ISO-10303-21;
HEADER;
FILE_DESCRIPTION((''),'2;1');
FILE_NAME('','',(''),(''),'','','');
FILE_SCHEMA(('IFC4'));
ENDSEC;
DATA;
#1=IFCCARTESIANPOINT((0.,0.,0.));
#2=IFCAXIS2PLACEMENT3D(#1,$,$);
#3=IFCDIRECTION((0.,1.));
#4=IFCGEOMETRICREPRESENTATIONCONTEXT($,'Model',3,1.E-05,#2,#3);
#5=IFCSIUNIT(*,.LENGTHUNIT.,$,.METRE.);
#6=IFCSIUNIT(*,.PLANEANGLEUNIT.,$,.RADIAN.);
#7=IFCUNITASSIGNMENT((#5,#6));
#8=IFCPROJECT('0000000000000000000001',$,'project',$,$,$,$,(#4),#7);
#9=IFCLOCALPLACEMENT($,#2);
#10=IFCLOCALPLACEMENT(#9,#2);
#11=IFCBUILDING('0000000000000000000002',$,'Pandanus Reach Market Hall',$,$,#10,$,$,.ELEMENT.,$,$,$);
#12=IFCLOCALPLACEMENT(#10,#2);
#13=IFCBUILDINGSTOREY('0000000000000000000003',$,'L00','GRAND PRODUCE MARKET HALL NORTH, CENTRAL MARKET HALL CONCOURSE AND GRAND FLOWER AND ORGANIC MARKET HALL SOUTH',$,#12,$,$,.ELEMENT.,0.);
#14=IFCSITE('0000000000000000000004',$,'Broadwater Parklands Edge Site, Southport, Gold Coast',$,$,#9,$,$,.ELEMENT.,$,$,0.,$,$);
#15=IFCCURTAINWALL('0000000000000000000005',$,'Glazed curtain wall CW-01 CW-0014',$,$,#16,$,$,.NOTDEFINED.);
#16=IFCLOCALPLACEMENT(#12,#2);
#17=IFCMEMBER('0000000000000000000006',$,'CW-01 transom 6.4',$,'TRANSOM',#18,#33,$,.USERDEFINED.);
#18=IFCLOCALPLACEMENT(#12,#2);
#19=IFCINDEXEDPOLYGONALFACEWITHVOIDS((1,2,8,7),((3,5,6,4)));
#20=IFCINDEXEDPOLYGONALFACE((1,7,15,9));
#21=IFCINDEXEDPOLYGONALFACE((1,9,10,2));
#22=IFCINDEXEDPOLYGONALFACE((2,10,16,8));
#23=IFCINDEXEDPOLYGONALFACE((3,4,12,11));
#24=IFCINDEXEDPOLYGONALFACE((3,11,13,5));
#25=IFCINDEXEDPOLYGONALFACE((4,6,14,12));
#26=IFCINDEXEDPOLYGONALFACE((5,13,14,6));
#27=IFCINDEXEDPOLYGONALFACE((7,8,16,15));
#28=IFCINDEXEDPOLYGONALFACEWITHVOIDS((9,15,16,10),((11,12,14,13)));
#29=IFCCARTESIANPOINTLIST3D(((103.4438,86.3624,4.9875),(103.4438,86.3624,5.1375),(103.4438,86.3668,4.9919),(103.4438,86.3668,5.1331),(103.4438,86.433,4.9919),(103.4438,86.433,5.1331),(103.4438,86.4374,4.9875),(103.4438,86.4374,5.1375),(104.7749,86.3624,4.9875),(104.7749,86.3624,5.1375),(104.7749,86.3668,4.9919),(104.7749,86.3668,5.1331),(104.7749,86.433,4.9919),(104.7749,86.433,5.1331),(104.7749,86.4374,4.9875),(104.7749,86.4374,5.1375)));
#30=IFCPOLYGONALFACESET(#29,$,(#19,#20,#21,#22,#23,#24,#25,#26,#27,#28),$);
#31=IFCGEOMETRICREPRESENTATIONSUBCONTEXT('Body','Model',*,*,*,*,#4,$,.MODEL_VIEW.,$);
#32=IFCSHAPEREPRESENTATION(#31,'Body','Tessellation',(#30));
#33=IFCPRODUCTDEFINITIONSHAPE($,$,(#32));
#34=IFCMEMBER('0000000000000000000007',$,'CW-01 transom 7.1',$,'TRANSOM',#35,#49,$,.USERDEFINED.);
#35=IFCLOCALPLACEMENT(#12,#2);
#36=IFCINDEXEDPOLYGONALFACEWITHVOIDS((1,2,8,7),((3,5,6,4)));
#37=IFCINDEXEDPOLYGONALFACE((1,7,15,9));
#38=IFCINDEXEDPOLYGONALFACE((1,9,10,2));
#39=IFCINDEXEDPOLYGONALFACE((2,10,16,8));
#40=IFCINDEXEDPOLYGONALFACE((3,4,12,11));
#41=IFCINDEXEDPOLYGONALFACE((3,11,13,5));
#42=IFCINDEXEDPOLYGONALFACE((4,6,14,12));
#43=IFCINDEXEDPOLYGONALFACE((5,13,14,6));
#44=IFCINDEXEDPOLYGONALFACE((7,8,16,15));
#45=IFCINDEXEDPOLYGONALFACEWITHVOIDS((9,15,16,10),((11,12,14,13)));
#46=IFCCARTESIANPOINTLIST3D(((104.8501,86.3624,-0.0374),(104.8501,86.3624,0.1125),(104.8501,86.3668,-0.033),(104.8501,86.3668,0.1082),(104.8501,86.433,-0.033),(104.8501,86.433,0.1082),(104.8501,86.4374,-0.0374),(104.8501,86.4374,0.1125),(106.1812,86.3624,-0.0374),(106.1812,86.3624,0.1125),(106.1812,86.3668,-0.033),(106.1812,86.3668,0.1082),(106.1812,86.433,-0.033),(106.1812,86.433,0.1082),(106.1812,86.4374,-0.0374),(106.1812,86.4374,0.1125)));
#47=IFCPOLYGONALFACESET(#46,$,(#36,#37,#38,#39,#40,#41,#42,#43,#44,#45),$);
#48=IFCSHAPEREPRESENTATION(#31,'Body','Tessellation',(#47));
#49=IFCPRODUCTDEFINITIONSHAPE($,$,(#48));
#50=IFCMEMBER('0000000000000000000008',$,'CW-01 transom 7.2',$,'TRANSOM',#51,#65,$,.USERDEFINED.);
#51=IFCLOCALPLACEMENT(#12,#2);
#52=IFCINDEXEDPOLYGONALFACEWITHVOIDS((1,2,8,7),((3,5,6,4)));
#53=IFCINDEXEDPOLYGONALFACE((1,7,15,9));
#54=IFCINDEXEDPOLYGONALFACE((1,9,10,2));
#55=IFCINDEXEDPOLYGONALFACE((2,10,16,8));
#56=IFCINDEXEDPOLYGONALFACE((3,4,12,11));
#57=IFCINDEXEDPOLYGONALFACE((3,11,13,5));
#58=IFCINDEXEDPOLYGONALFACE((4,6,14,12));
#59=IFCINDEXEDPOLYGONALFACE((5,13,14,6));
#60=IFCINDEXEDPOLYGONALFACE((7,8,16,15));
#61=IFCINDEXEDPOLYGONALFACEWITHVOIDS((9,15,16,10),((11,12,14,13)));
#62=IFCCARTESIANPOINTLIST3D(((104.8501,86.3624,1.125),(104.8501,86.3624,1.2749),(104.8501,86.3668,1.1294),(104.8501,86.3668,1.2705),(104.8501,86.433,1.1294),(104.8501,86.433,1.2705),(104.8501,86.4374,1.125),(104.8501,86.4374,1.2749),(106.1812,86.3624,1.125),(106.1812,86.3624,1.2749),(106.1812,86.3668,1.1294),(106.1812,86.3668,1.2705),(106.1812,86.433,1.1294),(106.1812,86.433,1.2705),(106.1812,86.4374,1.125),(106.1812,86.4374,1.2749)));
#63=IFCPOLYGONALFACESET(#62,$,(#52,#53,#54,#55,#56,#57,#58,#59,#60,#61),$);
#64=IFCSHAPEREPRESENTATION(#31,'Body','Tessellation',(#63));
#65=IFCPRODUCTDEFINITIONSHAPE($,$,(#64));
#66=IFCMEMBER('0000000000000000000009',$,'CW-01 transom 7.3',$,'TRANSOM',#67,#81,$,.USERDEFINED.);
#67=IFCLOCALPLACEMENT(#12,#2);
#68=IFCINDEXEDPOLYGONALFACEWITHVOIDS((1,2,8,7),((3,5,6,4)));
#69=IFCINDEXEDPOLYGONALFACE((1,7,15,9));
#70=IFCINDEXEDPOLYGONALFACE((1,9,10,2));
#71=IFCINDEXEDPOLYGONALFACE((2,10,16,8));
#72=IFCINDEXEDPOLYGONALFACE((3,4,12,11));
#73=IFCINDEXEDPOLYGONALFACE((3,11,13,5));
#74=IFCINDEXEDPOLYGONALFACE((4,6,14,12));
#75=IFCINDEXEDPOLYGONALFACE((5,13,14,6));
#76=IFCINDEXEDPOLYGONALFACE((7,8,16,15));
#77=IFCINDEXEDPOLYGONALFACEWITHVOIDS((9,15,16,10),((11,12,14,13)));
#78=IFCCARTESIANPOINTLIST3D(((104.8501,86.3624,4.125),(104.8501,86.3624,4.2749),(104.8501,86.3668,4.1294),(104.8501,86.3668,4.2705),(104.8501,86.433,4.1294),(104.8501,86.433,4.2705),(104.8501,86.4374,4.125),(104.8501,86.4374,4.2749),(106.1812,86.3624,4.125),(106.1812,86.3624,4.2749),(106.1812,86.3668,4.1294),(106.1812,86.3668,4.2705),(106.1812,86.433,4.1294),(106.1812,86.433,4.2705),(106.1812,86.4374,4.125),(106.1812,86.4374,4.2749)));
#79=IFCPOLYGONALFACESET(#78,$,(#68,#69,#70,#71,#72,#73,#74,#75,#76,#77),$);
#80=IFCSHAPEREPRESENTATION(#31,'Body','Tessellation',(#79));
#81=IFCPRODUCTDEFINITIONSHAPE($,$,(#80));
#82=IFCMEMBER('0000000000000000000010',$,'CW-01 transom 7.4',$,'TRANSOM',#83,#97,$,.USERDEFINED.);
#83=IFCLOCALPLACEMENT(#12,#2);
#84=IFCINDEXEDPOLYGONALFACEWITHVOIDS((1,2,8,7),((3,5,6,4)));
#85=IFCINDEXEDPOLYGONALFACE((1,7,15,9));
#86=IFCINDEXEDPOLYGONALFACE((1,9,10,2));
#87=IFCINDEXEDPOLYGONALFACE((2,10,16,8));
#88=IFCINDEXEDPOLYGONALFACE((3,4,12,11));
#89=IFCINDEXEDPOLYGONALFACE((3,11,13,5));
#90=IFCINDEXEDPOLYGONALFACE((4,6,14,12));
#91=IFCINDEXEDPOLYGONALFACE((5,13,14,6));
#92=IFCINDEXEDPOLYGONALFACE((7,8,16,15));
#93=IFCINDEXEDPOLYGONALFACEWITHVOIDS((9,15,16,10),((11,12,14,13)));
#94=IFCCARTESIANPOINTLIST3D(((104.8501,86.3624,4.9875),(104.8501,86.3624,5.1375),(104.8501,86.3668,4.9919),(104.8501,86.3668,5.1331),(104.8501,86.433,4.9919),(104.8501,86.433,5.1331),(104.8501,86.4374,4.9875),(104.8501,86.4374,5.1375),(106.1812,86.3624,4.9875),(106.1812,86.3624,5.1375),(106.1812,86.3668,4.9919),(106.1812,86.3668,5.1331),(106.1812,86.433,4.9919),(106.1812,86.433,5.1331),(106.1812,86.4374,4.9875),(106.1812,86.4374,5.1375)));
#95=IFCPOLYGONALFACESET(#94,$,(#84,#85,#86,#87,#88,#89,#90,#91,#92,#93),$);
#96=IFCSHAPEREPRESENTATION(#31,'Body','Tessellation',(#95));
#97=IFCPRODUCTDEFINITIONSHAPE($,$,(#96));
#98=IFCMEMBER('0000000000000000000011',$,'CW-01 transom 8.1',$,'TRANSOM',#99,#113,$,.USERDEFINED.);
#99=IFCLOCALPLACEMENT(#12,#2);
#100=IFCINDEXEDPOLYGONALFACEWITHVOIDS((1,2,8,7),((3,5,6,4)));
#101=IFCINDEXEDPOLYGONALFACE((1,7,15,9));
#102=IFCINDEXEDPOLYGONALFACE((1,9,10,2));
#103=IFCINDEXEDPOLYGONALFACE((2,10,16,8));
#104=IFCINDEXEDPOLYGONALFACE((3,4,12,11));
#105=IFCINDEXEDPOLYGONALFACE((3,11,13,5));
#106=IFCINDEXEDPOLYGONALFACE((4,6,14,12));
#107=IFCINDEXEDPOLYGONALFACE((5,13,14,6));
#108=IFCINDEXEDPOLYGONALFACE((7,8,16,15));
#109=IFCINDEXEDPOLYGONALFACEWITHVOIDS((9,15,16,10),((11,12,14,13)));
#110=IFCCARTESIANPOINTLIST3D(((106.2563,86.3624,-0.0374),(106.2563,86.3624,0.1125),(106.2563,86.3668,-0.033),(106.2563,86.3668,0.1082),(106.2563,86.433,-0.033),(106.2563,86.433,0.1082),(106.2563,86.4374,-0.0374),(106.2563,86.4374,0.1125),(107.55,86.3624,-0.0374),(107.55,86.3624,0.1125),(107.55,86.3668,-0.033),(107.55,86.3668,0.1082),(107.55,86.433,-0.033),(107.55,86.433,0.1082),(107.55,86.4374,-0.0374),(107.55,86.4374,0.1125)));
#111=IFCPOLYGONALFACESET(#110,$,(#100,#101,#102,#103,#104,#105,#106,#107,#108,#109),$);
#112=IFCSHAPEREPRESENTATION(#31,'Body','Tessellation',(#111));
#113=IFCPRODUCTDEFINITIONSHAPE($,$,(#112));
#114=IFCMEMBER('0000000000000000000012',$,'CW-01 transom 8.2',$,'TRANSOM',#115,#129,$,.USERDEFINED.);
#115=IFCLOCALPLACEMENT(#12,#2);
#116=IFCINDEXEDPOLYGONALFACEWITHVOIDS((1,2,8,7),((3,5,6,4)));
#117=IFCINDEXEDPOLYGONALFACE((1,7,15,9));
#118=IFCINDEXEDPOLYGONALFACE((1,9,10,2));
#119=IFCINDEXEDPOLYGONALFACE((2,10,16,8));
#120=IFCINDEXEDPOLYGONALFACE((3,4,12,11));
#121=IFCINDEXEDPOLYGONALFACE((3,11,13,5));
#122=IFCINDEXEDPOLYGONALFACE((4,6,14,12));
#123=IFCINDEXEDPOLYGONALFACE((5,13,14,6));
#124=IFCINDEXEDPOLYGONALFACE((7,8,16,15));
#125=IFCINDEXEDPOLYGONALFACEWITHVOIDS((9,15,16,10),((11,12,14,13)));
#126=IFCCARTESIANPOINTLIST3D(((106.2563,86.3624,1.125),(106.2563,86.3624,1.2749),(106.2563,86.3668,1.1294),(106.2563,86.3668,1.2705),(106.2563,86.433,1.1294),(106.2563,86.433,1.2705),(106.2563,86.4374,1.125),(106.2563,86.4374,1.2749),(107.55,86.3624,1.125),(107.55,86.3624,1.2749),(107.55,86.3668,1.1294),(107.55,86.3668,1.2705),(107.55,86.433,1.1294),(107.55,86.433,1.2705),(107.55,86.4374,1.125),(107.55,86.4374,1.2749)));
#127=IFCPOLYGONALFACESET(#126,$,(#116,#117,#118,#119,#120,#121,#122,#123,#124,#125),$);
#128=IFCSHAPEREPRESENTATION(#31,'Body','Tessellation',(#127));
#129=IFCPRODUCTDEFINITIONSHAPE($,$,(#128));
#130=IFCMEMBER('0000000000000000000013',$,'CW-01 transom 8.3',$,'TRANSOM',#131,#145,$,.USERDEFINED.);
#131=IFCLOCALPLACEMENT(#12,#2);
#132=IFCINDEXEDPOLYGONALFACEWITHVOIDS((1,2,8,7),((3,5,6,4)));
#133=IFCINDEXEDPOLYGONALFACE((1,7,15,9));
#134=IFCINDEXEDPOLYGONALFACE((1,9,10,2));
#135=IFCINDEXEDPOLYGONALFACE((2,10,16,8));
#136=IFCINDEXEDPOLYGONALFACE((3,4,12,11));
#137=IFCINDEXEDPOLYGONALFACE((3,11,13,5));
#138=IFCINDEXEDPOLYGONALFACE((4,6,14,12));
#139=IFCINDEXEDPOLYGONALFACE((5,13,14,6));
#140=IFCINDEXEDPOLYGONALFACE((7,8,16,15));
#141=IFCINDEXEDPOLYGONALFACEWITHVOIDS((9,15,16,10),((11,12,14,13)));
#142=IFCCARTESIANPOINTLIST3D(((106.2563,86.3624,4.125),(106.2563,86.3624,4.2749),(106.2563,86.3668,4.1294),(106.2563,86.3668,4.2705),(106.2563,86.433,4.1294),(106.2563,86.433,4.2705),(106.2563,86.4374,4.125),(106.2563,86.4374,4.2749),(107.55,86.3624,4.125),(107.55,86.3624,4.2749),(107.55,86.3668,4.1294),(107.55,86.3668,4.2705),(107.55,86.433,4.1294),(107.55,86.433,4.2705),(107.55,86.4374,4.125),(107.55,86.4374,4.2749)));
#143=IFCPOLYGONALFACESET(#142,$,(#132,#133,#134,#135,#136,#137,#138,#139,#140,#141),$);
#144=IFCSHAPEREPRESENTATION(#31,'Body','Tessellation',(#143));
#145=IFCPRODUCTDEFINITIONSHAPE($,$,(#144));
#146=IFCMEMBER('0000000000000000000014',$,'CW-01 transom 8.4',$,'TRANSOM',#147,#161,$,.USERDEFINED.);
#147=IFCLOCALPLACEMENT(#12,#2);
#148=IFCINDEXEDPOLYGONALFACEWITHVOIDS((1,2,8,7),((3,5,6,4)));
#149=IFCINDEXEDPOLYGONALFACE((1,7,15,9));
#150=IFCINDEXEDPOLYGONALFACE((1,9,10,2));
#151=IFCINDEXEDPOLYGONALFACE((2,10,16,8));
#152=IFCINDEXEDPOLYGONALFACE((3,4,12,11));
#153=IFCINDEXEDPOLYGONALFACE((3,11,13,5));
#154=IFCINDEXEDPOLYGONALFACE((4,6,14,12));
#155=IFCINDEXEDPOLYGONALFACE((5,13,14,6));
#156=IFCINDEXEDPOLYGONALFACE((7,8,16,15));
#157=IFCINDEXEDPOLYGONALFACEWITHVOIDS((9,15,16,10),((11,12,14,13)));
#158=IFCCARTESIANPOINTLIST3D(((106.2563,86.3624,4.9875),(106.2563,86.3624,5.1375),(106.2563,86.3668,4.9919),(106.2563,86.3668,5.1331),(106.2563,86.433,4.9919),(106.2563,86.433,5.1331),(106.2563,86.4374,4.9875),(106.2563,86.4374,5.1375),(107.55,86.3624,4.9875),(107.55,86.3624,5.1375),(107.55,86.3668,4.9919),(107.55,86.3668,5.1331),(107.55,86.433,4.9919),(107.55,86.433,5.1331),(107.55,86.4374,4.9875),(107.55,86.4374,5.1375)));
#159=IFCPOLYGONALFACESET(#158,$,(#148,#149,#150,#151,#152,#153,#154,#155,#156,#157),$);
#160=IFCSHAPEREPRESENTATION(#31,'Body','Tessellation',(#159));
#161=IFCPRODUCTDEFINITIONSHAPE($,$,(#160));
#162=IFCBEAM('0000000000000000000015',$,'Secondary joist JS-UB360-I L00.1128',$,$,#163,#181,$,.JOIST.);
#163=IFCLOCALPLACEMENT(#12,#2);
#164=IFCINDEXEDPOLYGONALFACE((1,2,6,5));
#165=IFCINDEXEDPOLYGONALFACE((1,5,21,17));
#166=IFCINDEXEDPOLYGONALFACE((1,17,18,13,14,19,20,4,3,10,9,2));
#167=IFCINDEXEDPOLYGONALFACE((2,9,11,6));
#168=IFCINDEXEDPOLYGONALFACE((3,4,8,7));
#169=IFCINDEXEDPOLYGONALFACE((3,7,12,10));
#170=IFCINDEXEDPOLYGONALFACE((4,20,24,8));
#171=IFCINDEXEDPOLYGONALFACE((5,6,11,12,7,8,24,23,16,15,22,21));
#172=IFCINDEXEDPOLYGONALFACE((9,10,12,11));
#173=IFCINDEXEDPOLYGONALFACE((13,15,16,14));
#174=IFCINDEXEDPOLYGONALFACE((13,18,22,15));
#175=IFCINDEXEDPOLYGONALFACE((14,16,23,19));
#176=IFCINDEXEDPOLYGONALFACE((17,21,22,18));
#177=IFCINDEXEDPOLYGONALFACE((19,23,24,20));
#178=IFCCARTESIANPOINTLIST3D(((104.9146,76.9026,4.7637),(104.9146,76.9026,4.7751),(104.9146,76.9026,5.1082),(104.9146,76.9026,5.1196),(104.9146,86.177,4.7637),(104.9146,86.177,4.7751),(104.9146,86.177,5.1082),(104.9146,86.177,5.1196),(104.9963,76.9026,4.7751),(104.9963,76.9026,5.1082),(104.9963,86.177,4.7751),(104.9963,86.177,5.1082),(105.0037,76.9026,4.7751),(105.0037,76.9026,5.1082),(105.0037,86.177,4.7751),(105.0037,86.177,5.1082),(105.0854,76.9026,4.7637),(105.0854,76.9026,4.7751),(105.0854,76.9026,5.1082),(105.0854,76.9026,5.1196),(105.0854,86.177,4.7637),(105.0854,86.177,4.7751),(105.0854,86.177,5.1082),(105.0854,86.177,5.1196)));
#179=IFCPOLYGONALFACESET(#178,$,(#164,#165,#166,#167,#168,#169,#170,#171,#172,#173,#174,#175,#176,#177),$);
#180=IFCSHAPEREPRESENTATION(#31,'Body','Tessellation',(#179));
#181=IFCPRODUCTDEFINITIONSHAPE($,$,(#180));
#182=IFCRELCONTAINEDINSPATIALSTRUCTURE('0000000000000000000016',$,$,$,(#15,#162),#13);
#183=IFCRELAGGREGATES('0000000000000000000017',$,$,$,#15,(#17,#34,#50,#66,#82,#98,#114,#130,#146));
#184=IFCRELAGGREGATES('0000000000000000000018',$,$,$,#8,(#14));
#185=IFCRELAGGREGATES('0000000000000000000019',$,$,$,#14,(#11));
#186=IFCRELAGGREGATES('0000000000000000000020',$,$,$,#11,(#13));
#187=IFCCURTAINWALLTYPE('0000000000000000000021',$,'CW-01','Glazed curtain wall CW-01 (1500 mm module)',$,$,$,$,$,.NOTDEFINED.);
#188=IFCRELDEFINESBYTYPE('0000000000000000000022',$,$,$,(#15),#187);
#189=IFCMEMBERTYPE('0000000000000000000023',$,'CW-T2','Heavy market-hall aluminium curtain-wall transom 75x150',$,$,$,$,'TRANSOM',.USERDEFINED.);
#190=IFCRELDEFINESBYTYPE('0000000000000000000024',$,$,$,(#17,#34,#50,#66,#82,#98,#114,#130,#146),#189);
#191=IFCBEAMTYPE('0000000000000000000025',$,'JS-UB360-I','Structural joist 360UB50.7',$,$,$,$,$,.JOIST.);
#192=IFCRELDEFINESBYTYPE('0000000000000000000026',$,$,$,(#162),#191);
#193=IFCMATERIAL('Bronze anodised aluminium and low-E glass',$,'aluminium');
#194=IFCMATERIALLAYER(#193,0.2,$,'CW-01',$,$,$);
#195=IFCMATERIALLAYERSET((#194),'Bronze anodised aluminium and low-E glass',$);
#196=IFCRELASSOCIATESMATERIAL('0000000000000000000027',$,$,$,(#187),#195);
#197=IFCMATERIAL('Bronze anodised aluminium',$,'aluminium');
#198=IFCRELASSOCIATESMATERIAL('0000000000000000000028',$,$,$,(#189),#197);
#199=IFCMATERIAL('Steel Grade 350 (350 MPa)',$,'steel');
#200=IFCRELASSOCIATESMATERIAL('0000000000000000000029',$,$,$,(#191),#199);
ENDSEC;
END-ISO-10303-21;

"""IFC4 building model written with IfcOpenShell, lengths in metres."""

from ifc_helpers import new_model, si_unit, direction, frame, origin, origin_2d, place, context, subcontext, project, spatial, hollow_rectangle, i_section, extrude, material, layer, layer_set, material_profile, profile_set, type_object, element, aggregate, save


model = new_model("IFC4")

# Units and contexts
model_context = context("Model", 3, precision=1e-05, world=origin(), true_north=direction((0.0, 1.0)))
body_context = subcontext(model_context, "Body", "Model", "MODEL_VIEW")
ifc_project = project(units=[si_unit("LENGTHUNIT", "METRE"), si_unit("PLANEANGLEUNIT", "RADIAN")], contexts=[model_context])

# Site, building, storey
site_placement = place(None, origin())
site = spatial("IfcSite", under=ifc_project, at=site_placement, Name="Broadwater Parklands Edge Site, Southport, Gold Coast", CompositionType="ELEMENT", RefElevation=0.0)
building_placement = place(site_placement, origin())
building = spatial("IfcBuilding", under=site, at=building_placement, Name="Pandanus Reach Market Hall", CompositionType="ELEMENT")
storey_placement = place(building_placement, origin())
storey = spatial("IfcBuildingStorey", under=building, at=storey_placement, Name="L00", Description="GRAND PRODUCE MARKET HALL NORTH, CENTRAL MARKET HALL CONCOURSE AND GRAND FLOWER AND ORGANIC MARKET HALL SOUTH", CompositionType="ELEMENT", Elevation=0.0)

# Shared definitions
ifc_material_1 = material(Name="Steel Grade 350 (350 MPa)", Category="steel")

# Curtain wall, members
ifc_material_2 = material(Name="Bronze anodised aluminium and low-E glass", Category="aluminium")
ifc_layer_1 = layer(ifc_material_2, 0.2, Name="CW-01")
ifc_layer_set_1 = layer_set([ifc_layer_1], Name="Bronze anodised aluminium and low-E glass")
curtain_wall_type = type_object("IfcCurtainWallType", Name="CW-01", Description="Glazed curtain wall CW-01 (1500 mm module)", PredefinedType="NOTDEFINED", material=ifc_layer_set_1)
curtain_wall_placement = place(storey_placement, origin())
curtain_wall = element("IfcCurtainWall", 1, at=curtain_wall_placement, inside=storey, type_object=curtain_wall_type, Name="Glazed curtain wall CW-01 CW-0014", PredefinedType="NOTDEFINED")
ifc_material_3 = material(Name="Bronze anodised aluminium", Category="aluminium")
ifc_material_profile_1 = material_profile(ifc_material_3, hollow_rectangle(XDim=0.075, YDim=0.1499, WallThickness=0.0044, at=origin_2d()), Name="ALU75x150", Category="LoadBearing")
ifc_profile_set_1 = profile_set([ifc_material_profile_1], Name="Bronze anodised aluminium")
member_type_1 = type_object("IfcMemberType", Name="CW-T2", Description="Heavy market-hall aluminium curtain-wall transom 75x150", ElementType="TRANSOM", PredefinedType="USERDEFINED", material=ifc_profile_set_1)
member_1_placement = place(storey_placement, frame((103.4438, 86.3999, 5.0625), z_axis=(1.0, 0.0, 0.0), x_axis=(0.0, 1.0, 0.0)))
member_1 = element("IfcMember", 2, at=member_1_placement, type_object=member_type_1, Name="CW-01 transom 6.4", ObjectType="TRANSOM", PredefinedType="USERDEFINED", context=body_context, shape_type="SweptSolid", body=[
    extrude(hollow_rectangle(XDim=0.075, YDim=0.1499, WallThickness=0.0044, at=origin_2d()), origin(), (0.0, 0.0, 1.0), 1.3311),
])
member_2_placement = place(storey_placement, frame((104.8501, 86.3999, 0.0376), z_axis=(1.0, 0.0, 0.0), x_axis=(0.0, 1.0, 0.0)))
member_2 = element("IfcMember", 3, at=member_2_placement, type_object=member_type_1, Name="CW-01 transom 7.1", ObjectType="TRANSOM", PredefinedType="USERDEFINED", context=body_context, shape_type="SweptSolid", body=[
    extrude(hollow_rectangle(XDim=0.075, YDim=0.1499, WallThickness=0.0044, at=origin_2d()), origin(), (0.0, 0.0, 1.0), 1.3311),
])
member_3_placement = place(storey_placement, frame((104.8501, 86.3999, 1.2), z_axis=(1.0, 0.0, 0.0), x_axis=(0.0, 1.0, 0.0)))
member_3 = element("IfcMember", 4, at=member_3_placement, type_object=member_type_1, Name="CW-01 transom 7.2", ObjectType="TRANSOM", PredefinedType="USERDEFINED", context=body_context, shape_type="SweptSolid", body=[
    extrude(hollow_rectangle(XDim=0.075, YDim=0.1499, WallThickness=0.0044, at=origin_2d()), origin(), (0.0, 0.0, 1.0), 1.3311),
])
member_4_placement = place(storey_placement, frame((104.8501, 86.3999, 4.2), z_axis=(1.0, 0.0, 0.0), x_axis=(0.0, 1.0, 0.0)))
member_4 = element("IfcMember", 5, at=member_4_placement, type_object=member_type_1, Name="CW-01 transom 7.3", ObjectType="TRANSOM", PredefinedType="USERDEFINED", context=body_context, shape_type="SweptSolid", body=[
    extrude(hollow_rectangle(XDim=0.075, YDim=0.1499, WallThickness=0.0044, at=origin_2d()), origin(), (0.0, 0.0, 1.0), 1.3311),
])
member_5_placement = place(storey_placement, frame((104.8501, 86.3999, 5.0625), z_axis=(1.0, 0.0, 0.0), x_axis=(0.0, 1.0, 0.0)))
member_5 = element("IfcMember", 6, at=member_5_placement, type_object=member_type_1, Name="CW-01 transom 7.4", ObjectType="TRANSOM", PredefinedType="USERDEFINED", context=body_context, shape_type="SweptSolid", body=[
    extrude(hollow_rectangle(XDim=0.075, YDim=0.1499, WallThickness=0.0044, at=origin_2d()), origin(), (0.0, 0.0, 1.0), 1.3311),
])
member_6_placement = place(storey_placement, frame((106.2563, 86.3999, 0.0376), z_axis=(1.0, 0.0, 0.0), x_axis=(0.0, 1.0, 0.0)))
member_6 = element("IfcMember", 7, at=member_6_placement, type_object=member_type_1, Name="CW-01 transom 8.1", ObjectType="TRANSOM", PredefinedType="USERDEFINED", context=body_context, shape_type="SweptSolid", body=[
    extrude(hollow_rectangle(XDim=0.075, YDim=0.1499, WallThickness=0.0044, at=origin_2d()), origin(), (0.0, 0.0, 1.0), 1.2937),
])
member_7_placement = place(storey_placement, frame((106.2563, 86.3999, 1.2), z_axis=(1.0, 0.0, 0.0), x_axis=(0.0, 1.0, 0.0)))
member_7 = element("IfcMember", 8, at=member_7_placement, type_object=member_type_1, Name="CW-01 transom 8.2", ObjectType="TRANSOM", PredefinedType="USERDEFINED", context=body_context, shape_type="SweptSolid", body=[
    extrude(hollow_rectangle(XDim=0.075, YDim=0.1499, WallThickness=0.0044, at=origin_2d()), origin(), (0.0, 0.0, 1.0), 1.2937),
])
member_8_placement = place(storey_placement, frame((106.2563, 86.3999, 4.2), z_axis=(1.0, 0.0, 0.0), x_axis=(0.0, 1.0, 0.0)))
member_8 = element("IfcMember", 9, at=member_8_placement, type_object=member_type_1, Name="CW-01 transom 8.3", ObjectType="TRANSOM", PredefinedType="USERDEFINED", context=body_context, shape_type="SweptSolid", body=[
    extrude(hollow_rectangle(XDim=0.075, YDim=0.1499, WallThickness=0.0044, at=origin_2d()), origin(), (0.0, 0.0, 1.0), 1.2937),
])
member_9_placement = place(storey_placement, frame((106.2563, 86.3999, 5.0625), z_axis=(1.0, 0.0, 0.0), x_axis=(0.0, 1.0, 0.0)))
member_9 = element("IfcMember", 10, at=member_9_placement, type_object=member_type_1, Name="CW-01 transom 8.4", ObjectType="TRANSOM", PredefinedType="USERDEFINED", context=body_context, shape_type="SweptSolid", body=[
    extrude(hollow_rectangle(XDim=0.075, YDim=0.1499, WallThickness=0.0044, at=origin_2d()), origin(), (0.0, 0.0, 1.0), 1.2937),
])

# Beam
ifc_material_profile_2 = material_profile(ifc_material_1, i_section(OverallWidth=0.1709, OverallDepth=0.356, WebThickness=0.0073, FlangeThickness=0.0115, at=origin_2d()), Name="360UB50.7", Category="LoadBearing")
ifc_profile_set_2 = profile_set([ifc_material_profile_2], Name="Steel Grade 350 (350 MPa)")
beam_type_1 = type_object("IfcBeamType", Name="JS-UB360-I", Description="Structural joist 360UB50.7", PredefinedType="JOIST", material=ifc_profile_set_2)
beam_1_placement = place(storey_placement, frame((105.0, 76.9026, 4.9417), z_axis=(0.0, 1.0, 0.0), x_axis=(-1.0, 0.0, 0.0)))
element("IfcBeam", 11, at=beam_1_placement, inside=storey, type_object=beam_type_1, Name="Secondary joist JS-UB360-I L00.1128", PredefinedType="JOIST", context=body_context, shape_type="SweptSolid", body=[
    extrude(i_section(OverallWidth=0.1709, OverallDepth=0.356, WebThickness=0.0073, FlangeThickness=0.0115, at=origin_2d()), origin(), (0.0, 0.0, 1.0), 9.2744),
])

aggregate(curtain_wall, [member_1, member_2, member_3, member_4, member_5, member_6, member_7, member_8, member_9])

save(model, "model.ifc")
